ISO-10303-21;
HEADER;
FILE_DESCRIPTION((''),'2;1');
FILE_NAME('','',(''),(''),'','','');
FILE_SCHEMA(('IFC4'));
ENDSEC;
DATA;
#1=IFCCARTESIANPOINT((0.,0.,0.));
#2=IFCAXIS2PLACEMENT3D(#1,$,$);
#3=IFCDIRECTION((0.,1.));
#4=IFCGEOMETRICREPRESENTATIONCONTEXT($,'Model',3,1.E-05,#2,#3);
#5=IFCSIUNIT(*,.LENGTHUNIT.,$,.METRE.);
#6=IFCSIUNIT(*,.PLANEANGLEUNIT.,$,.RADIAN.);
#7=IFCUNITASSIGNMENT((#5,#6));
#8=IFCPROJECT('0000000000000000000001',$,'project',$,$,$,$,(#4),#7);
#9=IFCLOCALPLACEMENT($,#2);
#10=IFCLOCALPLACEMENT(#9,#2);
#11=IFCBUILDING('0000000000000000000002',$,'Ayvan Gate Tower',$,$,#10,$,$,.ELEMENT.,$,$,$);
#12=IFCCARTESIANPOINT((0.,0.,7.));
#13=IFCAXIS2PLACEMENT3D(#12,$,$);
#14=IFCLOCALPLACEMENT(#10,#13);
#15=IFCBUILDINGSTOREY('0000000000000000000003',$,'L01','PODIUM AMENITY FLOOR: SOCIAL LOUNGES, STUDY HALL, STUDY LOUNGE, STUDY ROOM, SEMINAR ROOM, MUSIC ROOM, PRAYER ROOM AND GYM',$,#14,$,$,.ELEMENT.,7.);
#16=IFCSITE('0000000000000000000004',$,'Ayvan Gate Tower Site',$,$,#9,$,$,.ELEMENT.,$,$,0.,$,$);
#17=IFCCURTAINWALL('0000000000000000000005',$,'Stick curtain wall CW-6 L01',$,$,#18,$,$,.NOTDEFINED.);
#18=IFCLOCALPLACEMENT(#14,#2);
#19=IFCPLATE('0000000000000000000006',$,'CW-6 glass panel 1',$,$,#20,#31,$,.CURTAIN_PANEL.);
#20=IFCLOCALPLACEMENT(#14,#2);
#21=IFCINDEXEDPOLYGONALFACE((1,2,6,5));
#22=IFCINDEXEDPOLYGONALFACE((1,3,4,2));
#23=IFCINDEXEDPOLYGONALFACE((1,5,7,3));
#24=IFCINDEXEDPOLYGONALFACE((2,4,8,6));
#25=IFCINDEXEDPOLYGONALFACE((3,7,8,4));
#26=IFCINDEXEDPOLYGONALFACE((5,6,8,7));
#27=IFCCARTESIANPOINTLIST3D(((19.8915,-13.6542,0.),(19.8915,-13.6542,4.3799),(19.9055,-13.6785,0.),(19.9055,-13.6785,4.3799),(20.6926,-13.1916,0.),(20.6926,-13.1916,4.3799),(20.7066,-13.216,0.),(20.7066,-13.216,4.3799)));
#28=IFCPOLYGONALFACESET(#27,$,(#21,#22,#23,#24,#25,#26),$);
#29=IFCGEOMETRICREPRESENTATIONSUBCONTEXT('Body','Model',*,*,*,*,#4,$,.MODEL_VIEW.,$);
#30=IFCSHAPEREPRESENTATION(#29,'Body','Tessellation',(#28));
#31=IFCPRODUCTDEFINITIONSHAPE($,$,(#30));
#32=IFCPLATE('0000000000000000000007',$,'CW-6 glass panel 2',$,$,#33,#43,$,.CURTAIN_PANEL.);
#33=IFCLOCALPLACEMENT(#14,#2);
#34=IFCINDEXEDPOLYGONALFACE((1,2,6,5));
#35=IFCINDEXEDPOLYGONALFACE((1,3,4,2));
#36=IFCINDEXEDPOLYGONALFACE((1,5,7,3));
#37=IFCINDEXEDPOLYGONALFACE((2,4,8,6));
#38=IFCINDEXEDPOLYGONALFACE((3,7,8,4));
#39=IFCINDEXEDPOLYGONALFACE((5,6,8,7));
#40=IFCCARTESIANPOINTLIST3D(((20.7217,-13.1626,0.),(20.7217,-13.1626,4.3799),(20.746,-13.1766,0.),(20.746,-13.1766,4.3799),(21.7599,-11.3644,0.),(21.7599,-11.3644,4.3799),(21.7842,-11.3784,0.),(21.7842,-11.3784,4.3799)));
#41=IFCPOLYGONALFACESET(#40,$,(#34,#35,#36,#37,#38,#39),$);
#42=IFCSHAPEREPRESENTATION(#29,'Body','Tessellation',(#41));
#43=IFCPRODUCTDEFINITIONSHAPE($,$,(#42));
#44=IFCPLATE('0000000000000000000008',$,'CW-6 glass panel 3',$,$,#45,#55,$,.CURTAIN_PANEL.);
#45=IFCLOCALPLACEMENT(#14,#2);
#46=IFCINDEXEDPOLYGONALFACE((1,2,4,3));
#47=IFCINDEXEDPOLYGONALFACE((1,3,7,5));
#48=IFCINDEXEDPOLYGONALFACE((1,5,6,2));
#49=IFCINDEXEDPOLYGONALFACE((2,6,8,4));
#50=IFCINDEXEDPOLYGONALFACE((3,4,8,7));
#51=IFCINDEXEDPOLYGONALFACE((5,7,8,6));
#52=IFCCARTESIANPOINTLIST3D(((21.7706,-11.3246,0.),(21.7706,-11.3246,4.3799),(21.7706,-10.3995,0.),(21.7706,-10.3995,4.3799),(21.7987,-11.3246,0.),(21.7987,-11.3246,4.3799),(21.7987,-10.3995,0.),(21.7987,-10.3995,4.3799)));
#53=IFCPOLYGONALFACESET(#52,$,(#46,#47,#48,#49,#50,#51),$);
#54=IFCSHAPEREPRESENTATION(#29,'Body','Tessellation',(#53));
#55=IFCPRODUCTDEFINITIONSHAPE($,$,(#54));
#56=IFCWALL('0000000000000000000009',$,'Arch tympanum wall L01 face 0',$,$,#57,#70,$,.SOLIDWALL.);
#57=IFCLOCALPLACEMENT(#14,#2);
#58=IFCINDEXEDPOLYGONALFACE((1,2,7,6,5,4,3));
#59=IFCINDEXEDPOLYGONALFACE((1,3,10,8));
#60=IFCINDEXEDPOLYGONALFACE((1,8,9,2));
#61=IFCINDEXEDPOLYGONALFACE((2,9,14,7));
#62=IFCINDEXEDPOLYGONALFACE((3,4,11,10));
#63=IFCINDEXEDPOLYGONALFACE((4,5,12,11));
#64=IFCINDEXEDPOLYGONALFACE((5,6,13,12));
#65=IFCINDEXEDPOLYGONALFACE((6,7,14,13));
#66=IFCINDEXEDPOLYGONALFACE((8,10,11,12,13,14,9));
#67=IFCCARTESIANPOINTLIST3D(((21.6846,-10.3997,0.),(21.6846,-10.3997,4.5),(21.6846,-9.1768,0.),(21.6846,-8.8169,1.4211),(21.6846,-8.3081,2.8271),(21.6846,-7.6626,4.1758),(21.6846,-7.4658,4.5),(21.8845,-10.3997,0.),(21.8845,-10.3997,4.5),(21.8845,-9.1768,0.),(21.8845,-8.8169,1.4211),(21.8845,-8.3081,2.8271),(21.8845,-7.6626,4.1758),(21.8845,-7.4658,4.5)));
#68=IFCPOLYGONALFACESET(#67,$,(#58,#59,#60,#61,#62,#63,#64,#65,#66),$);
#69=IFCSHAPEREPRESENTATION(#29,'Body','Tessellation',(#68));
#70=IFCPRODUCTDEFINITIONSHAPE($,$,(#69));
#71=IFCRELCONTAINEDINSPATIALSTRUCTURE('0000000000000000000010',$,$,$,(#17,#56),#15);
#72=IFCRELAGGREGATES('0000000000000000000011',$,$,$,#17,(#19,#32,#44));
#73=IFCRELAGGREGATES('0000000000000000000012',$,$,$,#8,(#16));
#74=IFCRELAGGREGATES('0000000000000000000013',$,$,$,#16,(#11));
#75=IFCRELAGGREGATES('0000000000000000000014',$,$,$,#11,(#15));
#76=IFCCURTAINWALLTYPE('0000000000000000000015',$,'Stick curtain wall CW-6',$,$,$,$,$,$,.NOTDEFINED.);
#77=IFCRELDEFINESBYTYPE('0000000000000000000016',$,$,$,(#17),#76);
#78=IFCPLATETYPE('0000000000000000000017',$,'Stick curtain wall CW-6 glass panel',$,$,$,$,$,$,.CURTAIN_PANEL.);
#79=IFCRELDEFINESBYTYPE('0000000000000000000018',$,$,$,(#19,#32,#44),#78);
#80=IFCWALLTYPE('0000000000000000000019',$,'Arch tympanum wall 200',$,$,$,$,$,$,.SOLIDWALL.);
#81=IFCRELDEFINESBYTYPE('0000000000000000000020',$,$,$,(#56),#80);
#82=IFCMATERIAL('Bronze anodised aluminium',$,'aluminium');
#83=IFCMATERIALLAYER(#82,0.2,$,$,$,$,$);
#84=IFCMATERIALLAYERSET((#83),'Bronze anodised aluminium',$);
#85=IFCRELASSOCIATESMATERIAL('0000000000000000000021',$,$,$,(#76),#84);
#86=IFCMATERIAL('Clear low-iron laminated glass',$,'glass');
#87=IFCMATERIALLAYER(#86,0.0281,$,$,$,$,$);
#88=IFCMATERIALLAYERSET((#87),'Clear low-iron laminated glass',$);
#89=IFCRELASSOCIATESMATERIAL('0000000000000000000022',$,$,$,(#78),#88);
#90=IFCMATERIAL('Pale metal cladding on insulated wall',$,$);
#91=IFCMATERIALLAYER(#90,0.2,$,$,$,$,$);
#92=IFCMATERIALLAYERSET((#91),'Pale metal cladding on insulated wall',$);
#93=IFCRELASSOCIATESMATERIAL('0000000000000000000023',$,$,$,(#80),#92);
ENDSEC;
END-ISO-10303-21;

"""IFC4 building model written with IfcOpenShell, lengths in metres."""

from ifc_helpers import new_model, si_unit, direction, frame, origin, origin_2d, place, context, subcontext, project, spatial, polyline, rectangle, outline, extrude, material, layer, layer_set, type_object, element, aggregate, save


model = new_model("IFC4")

# Units and contexts
model_context = context("Model", 3, precision=1e-05, world=origin(), true_north=direction((0.0, 1.0)))
body_context = subcontext(model_context, "Body", "Model", "MODEL_VIEW")
ifc_project = project(units=[si_unit("LENGTHUNIT", "METRE"), si_unit("PLANEANGLEUNIT", "RADIAN")], contexts=[model_context])

# Site, building, storey
site_placement = place(None, origin())
site = spatial("IfcSite", under=ifc_project, at=site_placement, Name="Ayvan Gate Tower Site", CompositionType="ELEMENT", RefElevation=0.0)
building_placement = place(site_placement, origin())
building = spatial("IfcBuilding", under=site, at=building_placement, Name="Ayvan Gate Tower", CompositionType="ELEMENT")
storey_placement = place(building_placement, frame((0.0, 0.0, 7.0)))
storey = spatial("IfcBuildingStorey", under=building, at=storey_placement, Name="L01", Description="PODIUM AMENITY FLOOR: SOCIAL LOUNGES, STUDY HALL, STUDY LOUNGE, STUDY ROOM, SEMINAR ROOM, MUSIC ROOM, PRAYER ROOM AND GYM", CompositionType="ELEMENT", Elevation=7.0)

# Shared definitions
ifc_material_1 = material(Name="Bronze anodised aluminium", Category="aluminium")

# Curtain wall
ifc_layer_1 = layer(ifc_material_1, 0.2)
ifc_layer_set_1 = layer_set([ifc_layer_1], Name="Bronze anodised aluminium")
curtain_wall_type_1 = type_object("IfcCurtainWallType", Name="Stick curtain wall CW-6", PredefinedType="NOTDEFINED", material=ifc_layer_set_1)
curtain_wall_1_placement = place(storey_placement, origin())
curtain_wall_1 = element("IfcCurtainWall", 1, at=curtain_wall_1_placement, inside=storey, type_object=curtain_wall_type_1, Name="Stick curtain wall CW-6 L01", PredefinedType="NOTDEFINED")

# Plates
ifc_material_2 = material(Name="Clear low-iron laminated glass", Category="glass")
ifc_layer_2 = layer(ifc_material_2, 0.0281)
ifc_layer_set_2 = layer_set([ifc_layer_2], Name="Clear low-iron laminated glass")
plate_type_1 = type_object("IfcPlateType", Name="Stick curtain wall CW-6 glass panel", PredefinedType="CURTAIN_PANEL", material=ifc_layer_set_2)
plate_1_placement = place(storey_placement, frame((20.2991, -13.4351, 0.0), z_axis=(0.0, 0.0, 1.0), x_axis=(0.866025, 0.5, 0.0)))
plate_1 = element("IfcPlate", 2, at=plate_1_placement, type_object=plate_type_1, Name="CW-6 glass panel 1", PredefinedType="CURTAIN_PANEL", context=body_context, shape_type="SweptSolid", body=[
    extrude(rectangle(XDim=0.925, YDim=0.0281, at=origin_2d()), origin(), (0.0, 0.0, 1.0), 4.3799),
])
plate_2_placement = place(storey_placement, frame((21.2529, -12.2705, 0.0), z_axis=(0.0, 0.0, 1.0), x_axis=(0.5, 0.866025, 0.0)))
plate_2 = element("IfcPlate", 3, at=plate_2_placement, type_object=plate_type_1, Name="CW-6 glass panel 2", PredefinedType="CURTAIN_PANEL", context=body_context, shape_type="SweptSolid", body=[
    extrude(rectangle(XDim=2.0764, YDim=0.0281, at=origin_2d()), origin(), (0.0, 0.0, 1.0), 4.3799),
])
plate_3_placement = place(storey_placement, frame((21.7847, -10.8621, 0.0), z_axis=(0.0, 0.0, 1.0), x_axis=(0.0, 1.0, 0.0)))
plate_3 = element("IfcPlate", 4, at=plate_3_placement, type_object=plate_type_1, Name="CW-6 glass panel 3", PredefinedType="CURTAIN_PANEL", context=body_context, shape_type="SweptSolid", body=[
    extrude(rectangle(XDim=0.925, YDim=0.0281, at=origin_2d()), origin(), (0.0, 0.0, 1.0), 4.3799),
])
aggregate(curtain_wall_1, [plate_1, plate_2, plate_3])

# Wall
ifc_material_3 = material(Name="Pale metal cladding on insulated wall")
ifc_layer_3 = layer(ifc_material_3, 0.2)
ifc_layer_set_3 = layer_set([ifc_layer_3], Name="Pale metal cladding on insulated wall")
wall_type = type_object("IfcWallType", Name="Arch tympanum wall 200", PredefinedType="SOLIDWALL", material=ifc_layer_set_3)
wall_placement = place(storey_placement, frame((21.6846, -10.3997, 4.5), z_axis=(-1.0, 0.0, 0.0), x_axis=(0.0, 1.0, 0.0)))
element("IfcWall", 5, at=wall_placement, inside=storey, type_object=wall_type, Name="Arch tympanum wall L01 face 0", PredefinedType="SOLIDWALL", context=body_context, shape_type="SweptSolid", body=[
    extrude(outline(polyline([(0.0, 0.0), (2.9338, 0.0), (2.7371, 0.3242), (2.0916, 1.6729), (1.5828, 3.0789), (1.2229, 4.5), (0.0, 4.5), (0.0, 0.0)])), origin(), (0.0, 0.0, -1.0), 0.2),
])

save(model, "model.ifc")
